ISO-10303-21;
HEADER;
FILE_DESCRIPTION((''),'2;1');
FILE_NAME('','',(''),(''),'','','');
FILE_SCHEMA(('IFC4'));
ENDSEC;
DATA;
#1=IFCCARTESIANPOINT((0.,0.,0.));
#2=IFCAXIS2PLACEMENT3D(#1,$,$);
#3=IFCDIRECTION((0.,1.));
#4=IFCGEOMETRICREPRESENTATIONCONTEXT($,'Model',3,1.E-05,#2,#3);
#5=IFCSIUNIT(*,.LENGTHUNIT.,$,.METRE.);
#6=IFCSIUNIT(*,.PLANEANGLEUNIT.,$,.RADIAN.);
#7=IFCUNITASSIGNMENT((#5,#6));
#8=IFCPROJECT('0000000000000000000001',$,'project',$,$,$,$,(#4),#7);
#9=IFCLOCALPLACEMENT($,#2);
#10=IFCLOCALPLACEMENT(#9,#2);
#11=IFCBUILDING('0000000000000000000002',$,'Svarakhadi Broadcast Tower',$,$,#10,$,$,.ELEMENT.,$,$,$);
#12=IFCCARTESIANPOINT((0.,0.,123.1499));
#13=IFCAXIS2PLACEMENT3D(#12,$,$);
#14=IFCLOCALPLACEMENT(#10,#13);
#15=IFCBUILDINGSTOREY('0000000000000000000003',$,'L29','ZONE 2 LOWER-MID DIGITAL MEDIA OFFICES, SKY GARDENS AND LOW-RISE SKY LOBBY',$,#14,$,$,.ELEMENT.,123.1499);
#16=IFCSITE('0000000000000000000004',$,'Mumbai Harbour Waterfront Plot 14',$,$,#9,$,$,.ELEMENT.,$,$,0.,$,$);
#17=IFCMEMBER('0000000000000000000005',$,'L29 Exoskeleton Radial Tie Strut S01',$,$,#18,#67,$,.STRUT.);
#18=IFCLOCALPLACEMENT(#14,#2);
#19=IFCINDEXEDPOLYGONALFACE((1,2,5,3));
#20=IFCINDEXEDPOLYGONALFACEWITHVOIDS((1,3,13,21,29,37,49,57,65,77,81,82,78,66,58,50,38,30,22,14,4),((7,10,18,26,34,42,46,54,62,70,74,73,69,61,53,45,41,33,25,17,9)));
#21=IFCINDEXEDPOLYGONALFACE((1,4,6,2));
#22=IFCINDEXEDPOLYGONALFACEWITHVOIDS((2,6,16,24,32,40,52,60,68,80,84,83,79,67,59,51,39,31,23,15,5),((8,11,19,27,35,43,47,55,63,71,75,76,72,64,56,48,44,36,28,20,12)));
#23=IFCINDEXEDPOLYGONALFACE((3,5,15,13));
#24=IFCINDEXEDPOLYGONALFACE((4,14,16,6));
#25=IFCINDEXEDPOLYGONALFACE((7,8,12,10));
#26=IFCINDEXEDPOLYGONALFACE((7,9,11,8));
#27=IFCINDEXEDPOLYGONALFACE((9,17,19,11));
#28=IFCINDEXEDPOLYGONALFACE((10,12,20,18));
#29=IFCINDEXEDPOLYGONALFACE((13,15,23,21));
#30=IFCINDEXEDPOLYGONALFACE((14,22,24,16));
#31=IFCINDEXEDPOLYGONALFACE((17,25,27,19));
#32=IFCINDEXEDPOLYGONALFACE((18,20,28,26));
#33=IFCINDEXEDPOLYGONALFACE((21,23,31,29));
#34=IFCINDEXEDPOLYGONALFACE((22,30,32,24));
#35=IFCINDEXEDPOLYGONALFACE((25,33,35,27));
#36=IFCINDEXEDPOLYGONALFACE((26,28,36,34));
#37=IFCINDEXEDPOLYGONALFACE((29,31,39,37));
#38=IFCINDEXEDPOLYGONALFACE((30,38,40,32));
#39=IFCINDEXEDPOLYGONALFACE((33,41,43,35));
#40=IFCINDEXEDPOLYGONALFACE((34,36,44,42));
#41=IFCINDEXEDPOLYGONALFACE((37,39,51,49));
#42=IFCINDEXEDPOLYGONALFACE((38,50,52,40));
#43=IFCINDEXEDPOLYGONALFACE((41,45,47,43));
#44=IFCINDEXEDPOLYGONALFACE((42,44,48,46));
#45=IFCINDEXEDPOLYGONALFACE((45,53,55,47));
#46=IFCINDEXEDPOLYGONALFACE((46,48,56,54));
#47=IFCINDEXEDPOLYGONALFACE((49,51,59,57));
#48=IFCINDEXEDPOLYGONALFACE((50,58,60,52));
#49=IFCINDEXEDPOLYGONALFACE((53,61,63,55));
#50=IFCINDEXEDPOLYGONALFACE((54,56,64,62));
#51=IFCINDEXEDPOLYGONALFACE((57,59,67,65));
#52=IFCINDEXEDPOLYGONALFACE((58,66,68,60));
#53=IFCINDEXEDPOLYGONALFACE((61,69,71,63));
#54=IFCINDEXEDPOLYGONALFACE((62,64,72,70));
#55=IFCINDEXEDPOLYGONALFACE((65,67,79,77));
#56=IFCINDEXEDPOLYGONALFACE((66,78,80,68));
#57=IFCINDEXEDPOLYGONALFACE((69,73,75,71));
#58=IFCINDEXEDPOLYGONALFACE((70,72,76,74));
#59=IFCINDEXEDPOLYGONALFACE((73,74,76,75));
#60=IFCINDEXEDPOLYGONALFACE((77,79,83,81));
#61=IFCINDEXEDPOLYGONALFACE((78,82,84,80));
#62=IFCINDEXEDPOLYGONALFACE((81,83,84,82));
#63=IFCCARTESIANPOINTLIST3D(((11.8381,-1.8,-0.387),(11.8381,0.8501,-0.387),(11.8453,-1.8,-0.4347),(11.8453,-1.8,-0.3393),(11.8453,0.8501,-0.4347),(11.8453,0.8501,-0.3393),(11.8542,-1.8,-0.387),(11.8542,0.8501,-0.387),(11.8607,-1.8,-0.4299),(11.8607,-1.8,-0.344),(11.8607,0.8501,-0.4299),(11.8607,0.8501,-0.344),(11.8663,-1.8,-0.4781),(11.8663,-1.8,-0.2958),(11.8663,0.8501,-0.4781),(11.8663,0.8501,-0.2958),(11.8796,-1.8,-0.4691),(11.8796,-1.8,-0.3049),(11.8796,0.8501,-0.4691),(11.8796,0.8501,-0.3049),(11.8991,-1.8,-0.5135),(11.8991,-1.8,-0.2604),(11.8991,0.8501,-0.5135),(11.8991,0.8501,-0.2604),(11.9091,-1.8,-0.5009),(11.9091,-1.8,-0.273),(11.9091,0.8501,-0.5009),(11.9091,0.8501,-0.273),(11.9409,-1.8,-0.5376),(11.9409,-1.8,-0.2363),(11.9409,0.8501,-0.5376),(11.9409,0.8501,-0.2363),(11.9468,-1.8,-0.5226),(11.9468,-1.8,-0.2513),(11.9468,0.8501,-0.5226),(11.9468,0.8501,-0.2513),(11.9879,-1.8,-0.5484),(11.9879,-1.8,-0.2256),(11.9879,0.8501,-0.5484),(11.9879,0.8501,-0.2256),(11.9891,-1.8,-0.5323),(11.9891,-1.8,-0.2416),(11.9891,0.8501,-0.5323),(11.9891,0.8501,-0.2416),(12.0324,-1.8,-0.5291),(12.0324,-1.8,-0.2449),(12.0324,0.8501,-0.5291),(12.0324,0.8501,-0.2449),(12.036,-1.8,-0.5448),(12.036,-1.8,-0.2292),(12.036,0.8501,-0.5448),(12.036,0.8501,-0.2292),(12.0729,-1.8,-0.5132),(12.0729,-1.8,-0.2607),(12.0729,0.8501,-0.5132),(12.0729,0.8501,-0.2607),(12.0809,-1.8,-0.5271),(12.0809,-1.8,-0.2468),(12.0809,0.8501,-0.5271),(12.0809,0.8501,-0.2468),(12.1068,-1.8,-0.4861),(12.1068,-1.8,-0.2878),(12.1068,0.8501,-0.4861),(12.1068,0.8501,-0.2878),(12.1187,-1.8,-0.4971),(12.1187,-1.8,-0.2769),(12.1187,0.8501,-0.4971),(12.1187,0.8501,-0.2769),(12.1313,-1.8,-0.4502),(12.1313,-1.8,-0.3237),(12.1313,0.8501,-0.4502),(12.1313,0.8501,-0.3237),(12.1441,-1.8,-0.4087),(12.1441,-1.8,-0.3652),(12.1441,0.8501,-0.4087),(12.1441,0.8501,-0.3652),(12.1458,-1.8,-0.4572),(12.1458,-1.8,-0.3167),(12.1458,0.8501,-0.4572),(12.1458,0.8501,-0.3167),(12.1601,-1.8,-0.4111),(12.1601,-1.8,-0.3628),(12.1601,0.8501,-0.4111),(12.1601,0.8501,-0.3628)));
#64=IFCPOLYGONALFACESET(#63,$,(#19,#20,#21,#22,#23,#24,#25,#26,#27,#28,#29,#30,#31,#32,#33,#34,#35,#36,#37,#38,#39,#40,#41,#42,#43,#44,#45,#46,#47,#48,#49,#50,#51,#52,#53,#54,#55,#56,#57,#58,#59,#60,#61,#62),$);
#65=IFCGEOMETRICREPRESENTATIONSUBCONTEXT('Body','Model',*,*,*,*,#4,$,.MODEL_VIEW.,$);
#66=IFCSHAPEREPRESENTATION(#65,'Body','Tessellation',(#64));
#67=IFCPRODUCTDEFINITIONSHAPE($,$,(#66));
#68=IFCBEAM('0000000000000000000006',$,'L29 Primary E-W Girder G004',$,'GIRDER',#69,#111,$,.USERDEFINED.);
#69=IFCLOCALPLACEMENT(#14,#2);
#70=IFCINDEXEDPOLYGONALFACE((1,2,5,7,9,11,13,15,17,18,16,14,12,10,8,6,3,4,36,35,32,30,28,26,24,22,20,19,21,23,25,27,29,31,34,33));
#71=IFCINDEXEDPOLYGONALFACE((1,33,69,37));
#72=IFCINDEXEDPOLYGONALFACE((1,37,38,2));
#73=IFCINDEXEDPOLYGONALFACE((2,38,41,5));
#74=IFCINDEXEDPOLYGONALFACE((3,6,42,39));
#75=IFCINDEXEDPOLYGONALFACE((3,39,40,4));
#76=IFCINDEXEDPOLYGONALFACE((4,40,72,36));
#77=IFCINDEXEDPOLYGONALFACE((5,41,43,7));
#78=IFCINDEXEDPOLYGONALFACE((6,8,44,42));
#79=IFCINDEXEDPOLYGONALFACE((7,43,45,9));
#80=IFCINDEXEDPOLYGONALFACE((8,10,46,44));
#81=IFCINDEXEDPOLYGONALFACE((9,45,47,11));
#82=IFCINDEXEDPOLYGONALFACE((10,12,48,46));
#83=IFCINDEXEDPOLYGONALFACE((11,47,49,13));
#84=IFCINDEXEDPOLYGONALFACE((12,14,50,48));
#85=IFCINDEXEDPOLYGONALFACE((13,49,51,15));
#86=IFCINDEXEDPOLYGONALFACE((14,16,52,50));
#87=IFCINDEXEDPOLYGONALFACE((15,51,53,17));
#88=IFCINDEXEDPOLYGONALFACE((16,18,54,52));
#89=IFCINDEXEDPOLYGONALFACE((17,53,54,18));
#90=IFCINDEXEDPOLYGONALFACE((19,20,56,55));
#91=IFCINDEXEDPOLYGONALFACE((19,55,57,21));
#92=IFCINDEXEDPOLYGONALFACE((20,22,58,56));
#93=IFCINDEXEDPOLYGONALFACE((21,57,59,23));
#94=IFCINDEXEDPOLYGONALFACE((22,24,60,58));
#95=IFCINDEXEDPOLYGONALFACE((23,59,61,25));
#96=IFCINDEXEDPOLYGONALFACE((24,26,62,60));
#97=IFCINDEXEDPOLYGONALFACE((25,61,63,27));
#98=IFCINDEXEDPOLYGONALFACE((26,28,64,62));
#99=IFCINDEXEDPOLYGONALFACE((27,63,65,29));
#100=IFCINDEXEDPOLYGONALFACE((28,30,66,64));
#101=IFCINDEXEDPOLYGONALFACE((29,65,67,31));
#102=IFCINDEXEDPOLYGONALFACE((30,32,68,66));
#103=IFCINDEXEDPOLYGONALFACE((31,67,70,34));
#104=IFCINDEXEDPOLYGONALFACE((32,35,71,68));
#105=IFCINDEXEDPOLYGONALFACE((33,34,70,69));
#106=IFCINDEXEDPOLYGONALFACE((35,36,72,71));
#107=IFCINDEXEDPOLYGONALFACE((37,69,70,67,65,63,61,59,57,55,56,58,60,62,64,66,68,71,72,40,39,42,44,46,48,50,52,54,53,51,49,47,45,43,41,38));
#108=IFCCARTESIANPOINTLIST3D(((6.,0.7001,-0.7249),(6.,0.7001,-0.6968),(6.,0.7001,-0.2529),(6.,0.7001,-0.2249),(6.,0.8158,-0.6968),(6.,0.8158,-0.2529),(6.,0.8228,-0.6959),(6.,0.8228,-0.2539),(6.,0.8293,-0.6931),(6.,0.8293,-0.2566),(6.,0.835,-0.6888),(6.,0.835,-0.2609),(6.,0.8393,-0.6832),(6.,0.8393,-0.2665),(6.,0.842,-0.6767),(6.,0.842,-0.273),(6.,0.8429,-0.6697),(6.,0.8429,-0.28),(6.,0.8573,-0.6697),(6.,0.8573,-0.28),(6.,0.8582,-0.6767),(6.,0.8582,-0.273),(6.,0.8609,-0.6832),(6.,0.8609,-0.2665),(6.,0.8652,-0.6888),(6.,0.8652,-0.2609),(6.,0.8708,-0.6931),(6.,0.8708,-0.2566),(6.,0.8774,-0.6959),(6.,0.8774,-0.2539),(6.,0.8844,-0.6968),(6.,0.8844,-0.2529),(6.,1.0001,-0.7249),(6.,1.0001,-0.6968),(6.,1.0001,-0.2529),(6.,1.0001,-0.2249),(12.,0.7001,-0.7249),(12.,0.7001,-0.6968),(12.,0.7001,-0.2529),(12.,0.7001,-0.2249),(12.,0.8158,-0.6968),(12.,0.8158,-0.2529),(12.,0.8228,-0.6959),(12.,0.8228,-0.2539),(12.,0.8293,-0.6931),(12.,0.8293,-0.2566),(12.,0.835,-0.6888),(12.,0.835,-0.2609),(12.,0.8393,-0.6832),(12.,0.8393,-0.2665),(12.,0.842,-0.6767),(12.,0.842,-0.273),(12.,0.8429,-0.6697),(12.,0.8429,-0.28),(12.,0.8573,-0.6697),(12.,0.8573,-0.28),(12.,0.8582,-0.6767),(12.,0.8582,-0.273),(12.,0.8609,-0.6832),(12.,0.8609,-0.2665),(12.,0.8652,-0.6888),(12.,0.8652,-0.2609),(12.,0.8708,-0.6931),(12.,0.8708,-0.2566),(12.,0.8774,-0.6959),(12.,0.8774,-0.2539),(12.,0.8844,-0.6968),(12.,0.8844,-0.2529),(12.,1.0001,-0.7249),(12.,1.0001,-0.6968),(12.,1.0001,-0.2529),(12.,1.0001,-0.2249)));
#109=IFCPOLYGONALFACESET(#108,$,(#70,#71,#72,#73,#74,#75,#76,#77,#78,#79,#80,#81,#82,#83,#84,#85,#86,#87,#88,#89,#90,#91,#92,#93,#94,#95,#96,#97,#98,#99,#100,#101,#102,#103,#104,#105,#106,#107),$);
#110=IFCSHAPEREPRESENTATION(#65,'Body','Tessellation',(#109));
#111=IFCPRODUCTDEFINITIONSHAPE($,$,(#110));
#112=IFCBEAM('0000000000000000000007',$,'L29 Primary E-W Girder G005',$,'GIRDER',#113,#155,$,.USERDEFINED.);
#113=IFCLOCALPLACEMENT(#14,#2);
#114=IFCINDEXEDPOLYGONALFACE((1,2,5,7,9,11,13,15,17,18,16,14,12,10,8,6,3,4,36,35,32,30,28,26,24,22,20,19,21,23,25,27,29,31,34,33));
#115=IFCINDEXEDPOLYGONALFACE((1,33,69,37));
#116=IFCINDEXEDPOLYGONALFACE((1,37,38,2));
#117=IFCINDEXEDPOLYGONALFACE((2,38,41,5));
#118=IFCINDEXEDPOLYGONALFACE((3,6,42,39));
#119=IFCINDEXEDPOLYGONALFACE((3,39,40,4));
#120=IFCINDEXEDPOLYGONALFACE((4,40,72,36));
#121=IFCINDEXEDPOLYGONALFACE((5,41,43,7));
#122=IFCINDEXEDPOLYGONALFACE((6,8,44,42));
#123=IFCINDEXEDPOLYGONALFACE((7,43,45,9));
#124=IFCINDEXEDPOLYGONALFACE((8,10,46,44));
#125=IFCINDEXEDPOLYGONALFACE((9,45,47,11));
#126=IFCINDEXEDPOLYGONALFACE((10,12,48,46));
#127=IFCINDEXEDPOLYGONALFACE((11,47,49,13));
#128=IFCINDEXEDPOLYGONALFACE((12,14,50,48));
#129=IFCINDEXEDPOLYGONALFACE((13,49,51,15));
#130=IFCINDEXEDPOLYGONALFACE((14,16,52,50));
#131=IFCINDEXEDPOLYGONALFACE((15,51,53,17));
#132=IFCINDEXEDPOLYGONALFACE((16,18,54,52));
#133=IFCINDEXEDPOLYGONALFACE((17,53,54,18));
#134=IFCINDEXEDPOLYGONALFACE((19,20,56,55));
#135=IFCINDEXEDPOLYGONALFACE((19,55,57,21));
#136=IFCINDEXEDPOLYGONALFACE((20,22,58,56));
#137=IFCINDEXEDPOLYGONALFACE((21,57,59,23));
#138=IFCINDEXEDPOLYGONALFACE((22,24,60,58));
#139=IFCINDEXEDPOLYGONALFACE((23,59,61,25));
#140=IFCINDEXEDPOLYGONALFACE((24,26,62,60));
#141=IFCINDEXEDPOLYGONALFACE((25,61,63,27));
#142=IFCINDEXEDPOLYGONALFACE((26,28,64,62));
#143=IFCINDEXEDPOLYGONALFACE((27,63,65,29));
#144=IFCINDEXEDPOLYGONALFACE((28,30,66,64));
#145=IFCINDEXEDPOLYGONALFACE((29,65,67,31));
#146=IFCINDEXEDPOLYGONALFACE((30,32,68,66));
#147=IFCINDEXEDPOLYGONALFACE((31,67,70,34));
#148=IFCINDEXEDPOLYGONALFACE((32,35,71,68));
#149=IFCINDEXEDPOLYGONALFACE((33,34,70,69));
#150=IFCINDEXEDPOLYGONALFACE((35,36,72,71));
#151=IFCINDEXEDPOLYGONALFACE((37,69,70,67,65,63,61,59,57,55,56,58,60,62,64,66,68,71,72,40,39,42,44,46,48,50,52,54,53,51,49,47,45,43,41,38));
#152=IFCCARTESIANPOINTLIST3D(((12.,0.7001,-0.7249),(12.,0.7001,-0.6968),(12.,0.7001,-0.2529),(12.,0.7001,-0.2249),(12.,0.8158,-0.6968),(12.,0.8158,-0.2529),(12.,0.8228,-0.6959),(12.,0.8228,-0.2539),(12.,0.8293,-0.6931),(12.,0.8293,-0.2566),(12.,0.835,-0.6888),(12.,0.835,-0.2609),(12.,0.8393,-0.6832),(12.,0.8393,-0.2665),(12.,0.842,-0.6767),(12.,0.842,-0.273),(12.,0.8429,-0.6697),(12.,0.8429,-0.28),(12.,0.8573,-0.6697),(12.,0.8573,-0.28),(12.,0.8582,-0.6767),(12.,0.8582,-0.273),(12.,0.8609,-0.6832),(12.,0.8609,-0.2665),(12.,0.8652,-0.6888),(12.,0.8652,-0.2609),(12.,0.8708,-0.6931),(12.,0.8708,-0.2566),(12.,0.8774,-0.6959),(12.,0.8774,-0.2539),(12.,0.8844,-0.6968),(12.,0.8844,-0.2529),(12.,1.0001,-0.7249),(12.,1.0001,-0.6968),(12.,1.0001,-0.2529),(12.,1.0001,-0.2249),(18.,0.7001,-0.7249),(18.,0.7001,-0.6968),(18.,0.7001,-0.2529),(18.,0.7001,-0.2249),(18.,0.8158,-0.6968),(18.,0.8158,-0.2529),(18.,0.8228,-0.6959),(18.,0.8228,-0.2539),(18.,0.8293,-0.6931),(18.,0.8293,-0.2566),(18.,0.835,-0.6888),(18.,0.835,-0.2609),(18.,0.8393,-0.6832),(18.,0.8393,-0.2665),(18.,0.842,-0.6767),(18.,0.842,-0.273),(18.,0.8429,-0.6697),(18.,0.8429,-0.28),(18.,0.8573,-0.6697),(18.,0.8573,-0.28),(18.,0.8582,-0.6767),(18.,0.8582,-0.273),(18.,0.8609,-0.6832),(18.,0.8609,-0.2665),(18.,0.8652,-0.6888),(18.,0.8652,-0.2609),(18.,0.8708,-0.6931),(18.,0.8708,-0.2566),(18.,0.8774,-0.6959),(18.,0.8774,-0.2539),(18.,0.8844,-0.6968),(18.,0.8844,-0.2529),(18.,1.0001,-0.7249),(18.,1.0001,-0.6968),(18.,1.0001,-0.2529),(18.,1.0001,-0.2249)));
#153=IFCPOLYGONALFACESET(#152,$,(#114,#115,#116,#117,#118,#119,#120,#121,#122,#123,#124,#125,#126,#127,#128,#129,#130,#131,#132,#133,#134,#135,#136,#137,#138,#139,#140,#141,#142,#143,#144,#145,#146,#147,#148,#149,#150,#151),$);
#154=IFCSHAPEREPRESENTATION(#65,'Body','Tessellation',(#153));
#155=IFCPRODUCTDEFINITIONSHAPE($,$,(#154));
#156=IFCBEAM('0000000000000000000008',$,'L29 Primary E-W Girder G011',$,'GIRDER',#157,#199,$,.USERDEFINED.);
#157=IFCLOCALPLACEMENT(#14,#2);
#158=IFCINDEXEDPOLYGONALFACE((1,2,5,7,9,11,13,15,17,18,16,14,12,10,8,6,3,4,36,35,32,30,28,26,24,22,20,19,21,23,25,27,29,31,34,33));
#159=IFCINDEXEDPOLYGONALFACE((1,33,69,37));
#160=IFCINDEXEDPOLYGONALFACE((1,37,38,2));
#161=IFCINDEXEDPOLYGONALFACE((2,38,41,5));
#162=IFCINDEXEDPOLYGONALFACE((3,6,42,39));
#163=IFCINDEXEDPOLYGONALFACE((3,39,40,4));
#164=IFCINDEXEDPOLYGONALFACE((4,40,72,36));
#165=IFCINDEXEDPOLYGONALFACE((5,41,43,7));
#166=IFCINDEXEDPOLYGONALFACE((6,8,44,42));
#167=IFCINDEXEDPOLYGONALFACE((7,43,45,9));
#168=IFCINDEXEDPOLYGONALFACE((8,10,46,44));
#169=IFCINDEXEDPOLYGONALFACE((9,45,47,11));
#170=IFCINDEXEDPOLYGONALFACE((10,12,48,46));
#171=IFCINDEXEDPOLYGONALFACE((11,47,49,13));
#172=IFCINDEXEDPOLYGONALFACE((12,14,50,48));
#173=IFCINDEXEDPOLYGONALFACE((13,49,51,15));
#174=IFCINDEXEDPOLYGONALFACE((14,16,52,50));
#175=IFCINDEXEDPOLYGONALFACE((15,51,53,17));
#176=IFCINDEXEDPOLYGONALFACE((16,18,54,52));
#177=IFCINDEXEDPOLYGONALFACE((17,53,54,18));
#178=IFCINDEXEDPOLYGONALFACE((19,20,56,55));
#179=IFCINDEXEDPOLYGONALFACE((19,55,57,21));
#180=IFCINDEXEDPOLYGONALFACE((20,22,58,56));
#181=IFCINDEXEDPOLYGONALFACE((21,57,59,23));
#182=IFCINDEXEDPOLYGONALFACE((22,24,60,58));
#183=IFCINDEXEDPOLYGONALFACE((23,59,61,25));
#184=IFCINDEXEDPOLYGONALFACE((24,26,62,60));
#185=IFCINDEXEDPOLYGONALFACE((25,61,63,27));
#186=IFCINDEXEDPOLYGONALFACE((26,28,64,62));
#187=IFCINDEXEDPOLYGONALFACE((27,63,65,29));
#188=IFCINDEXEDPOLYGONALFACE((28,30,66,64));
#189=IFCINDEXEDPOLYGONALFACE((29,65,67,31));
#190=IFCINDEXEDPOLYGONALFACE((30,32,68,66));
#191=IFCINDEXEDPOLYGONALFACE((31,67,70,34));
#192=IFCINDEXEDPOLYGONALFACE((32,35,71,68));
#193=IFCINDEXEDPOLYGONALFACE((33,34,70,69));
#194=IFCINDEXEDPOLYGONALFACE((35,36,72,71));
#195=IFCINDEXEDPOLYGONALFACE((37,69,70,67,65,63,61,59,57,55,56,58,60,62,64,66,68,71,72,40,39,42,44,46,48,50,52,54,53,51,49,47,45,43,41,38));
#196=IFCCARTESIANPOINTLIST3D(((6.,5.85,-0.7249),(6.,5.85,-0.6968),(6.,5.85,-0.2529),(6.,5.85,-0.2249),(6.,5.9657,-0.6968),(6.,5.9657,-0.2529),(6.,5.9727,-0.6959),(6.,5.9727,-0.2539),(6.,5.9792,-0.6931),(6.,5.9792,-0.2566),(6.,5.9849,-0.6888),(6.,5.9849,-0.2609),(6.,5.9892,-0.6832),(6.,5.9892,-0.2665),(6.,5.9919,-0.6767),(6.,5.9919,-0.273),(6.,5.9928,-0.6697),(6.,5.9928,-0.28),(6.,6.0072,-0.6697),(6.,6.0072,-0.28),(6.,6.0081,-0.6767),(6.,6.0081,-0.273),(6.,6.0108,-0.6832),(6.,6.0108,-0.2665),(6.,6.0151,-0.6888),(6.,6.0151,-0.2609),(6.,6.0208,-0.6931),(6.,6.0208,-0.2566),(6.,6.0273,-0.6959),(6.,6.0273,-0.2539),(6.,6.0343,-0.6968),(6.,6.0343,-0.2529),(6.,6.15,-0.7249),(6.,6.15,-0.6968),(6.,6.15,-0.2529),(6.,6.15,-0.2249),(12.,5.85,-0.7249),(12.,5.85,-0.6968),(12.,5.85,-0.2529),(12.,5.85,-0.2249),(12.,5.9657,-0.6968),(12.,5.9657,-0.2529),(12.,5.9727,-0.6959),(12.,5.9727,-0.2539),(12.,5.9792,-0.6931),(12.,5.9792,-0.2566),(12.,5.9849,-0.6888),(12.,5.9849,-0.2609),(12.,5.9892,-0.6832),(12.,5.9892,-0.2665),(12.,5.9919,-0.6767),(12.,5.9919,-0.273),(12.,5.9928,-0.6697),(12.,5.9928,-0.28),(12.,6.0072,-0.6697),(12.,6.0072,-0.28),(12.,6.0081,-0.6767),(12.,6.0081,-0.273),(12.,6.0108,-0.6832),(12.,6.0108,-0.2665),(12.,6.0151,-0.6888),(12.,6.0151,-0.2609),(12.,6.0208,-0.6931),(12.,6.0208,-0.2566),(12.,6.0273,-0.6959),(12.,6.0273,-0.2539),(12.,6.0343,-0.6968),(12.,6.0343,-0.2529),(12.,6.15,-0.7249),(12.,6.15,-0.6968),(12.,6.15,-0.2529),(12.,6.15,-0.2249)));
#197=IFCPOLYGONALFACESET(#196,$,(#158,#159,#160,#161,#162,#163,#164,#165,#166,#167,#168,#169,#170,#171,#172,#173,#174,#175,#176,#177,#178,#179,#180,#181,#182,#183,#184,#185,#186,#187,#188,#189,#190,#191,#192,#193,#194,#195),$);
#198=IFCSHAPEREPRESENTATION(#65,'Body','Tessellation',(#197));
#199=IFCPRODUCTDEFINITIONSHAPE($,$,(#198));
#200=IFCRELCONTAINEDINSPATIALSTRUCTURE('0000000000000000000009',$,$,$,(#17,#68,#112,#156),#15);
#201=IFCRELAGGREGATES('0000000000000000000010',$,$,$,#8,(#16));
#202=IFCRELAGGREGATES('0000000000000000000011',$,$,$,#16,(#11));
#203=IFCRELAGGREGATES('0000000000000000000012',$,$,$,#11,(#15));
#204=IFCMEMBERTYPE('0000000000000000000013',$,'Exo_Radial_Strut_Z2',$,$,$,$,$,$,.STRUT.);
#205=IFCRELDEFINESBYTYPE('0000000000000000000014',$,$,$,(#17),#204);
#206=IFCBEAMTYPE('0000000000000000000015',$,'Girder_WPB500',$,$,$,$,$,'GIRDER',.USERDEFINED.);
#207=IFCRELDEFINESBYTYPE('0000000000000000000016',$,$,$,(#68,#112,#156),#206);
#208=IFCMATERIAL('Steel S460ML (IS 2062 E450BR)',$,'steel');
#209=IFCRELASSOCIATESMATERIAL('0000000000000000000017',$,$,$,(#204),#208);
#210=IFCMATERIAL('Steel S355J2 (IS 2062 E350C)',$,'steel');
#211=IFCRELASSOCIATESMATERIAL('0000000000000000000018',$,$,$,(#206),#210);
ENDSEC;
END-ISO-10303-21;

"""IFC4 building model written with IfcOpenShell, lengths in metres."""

from ifc_helpers import new_model, si_unit, direction, frame, origin, origin_2d, place, context, subcontext, project, spatial, hollow_circle, i_section, extrude, material, material_profile, profile_set, type_object, element, save


model = new_model("IFC4")

# Units and contexts
model_context = context("Model", 3, precision=1e-05, world=origin(), true_north=direction((0.0, 1.0)))
body_context = subcontext(model_context, "Body", "Model", "MODEL_VIEW")
ifc_project = project(units=[si_unit("LENGTHUNIT", "METRE"), si_unit("PLANEANGLEUNIT", "RADIAN")], contexts=[model_context])

# Site, building, storey
site_placement = place(None, origin())
site = spatial("IfcSite", under=ifc_project, at=site_placement, Name="Mumbai Harbour Waterfront Plot 14", CompositionType="ELEMENT", RefElevation=0.0)
building_placement = place(site_placement, origin())
building = spatial("IfcBuilding", under=site, at=building_placement, Name="Svarakhadi Broadcast Tower", CompositionType="ELEMENT")
storey_placement = place(building_placement, frame((0.0, 0.0, 123.1499)))
storey = spatial("IfcBuildingStorey", under=building, at=storey_placement, Name="L29", Description="ZONE 2 LOWER-MID DIGITAL MEDIA OFFICES, SKY GARDENS AND LOW-RISE SKY LOBBY", CompositionType="ELEMENT", Elevation=123.1499)

# Shared definitions
ifc_material_1 = material(Name="Steel S460ML (IS 2062 E450BR)", Category="steel")

# Shared definitions
ifc_material_2 = material(Name="Steel S355J2 (IS 2062 E350C)", Category="steel")

# Member
ifc_material_profile_1 = material_profile(ifc_material_1, hollow_circle(Radius=0.1619, WallThickness=0.0161, at=origin_2d()), Name="CHS 323.9x16")
ifc_profile_set_1 = profile_set([ifc_material_profile_1], Name="Steel S460ML (IS 2062 E450BR)")
member_type_1 = type_object("IfcMemberType", Name="Exo_Radial_Strut_Z2", PredefinedType="STRUT", material=ifc_profile_set_1)
member_1_placement = place(storey_placement, frame((12.0, -1.8, -0.387), z_axis=(0.0, 1.0, 0.0), x_axis=(-1.0, 0.0, 0.0)))
element("IfcMember", 1, at=member_1_placement, inside=storey, type_object=member_type_1, Name="L29 Exoskeleton Radial Tie Strut S01", PredefinedType="STRUT", context=body_context, shape_type="SweptSolid", body=[
    extrude(hollow_circle(Radius=0.1619, WallThickness=0.0161, at=origin_2d()), origin(), (0.0, 0.0, 1.0), 2.6501),
])

# Beams
ifc_material_profile_2 = material_profile(ifc_material_2, i_section(OverallWidth=0.3, OverallDepth=0.5, WebThickness=0.0144, FlangeThickness=0.0281, FilletRadius=0.0271, at=origin_2d()), Name="WPB 500x300x187")
ifc_profile_set_2 = profile_set([ifc_material_profile_2], Name="Steel S355J2 (IS 2062 E350C)")
beam_type_1 = type_object("IfcBeamType", Name="Girder_WPB500", ElementType="GIRDER", PredefinedType="USERDEFINED", material=ifc_profile_set_2)
for number, where, z_axis, x_axis, name in (
    (2, (6.0, 0.8501, -0.4749), (1.0, 0.0, 0.0), (0.0, 1.0, 0.0), "L29 Primary E-W Girder G004"),
    (3, (12.0, 0.8501, -0.4749), (1.0, 0.0, 0.0), (0.0, 1.0, 0.0), "L29 Primary E-W Girder G005"),
    (4, (6.0, 6.0, -0.4749), (1.0, 0.0, 0.0), (0.0, 1.0, 0.0), "L29 Primary E-W Girder G011"),
):
    element("IfcBeam", number, at=place(storey_placement, frame(where, z_axis=z_axis, x_axis=x_axis)), inside=storey, type_object=beam_type_1, Name=name, ObjectType="GIRDER", PredefinedType="USERDEFINED", context=body_context, shape_type="SweptSolid", body=[
        extrude(i_section(OverallWidth=0.3, OverallDepth=0.5, WebThickness=0.0144, FlangeThickness=0.0281, FilletRadius=0.0271, at=origin_2d()), origin(), (0.0, 0.0, 1.0), 6.0),
    ])

save(model, "model.ifc")
